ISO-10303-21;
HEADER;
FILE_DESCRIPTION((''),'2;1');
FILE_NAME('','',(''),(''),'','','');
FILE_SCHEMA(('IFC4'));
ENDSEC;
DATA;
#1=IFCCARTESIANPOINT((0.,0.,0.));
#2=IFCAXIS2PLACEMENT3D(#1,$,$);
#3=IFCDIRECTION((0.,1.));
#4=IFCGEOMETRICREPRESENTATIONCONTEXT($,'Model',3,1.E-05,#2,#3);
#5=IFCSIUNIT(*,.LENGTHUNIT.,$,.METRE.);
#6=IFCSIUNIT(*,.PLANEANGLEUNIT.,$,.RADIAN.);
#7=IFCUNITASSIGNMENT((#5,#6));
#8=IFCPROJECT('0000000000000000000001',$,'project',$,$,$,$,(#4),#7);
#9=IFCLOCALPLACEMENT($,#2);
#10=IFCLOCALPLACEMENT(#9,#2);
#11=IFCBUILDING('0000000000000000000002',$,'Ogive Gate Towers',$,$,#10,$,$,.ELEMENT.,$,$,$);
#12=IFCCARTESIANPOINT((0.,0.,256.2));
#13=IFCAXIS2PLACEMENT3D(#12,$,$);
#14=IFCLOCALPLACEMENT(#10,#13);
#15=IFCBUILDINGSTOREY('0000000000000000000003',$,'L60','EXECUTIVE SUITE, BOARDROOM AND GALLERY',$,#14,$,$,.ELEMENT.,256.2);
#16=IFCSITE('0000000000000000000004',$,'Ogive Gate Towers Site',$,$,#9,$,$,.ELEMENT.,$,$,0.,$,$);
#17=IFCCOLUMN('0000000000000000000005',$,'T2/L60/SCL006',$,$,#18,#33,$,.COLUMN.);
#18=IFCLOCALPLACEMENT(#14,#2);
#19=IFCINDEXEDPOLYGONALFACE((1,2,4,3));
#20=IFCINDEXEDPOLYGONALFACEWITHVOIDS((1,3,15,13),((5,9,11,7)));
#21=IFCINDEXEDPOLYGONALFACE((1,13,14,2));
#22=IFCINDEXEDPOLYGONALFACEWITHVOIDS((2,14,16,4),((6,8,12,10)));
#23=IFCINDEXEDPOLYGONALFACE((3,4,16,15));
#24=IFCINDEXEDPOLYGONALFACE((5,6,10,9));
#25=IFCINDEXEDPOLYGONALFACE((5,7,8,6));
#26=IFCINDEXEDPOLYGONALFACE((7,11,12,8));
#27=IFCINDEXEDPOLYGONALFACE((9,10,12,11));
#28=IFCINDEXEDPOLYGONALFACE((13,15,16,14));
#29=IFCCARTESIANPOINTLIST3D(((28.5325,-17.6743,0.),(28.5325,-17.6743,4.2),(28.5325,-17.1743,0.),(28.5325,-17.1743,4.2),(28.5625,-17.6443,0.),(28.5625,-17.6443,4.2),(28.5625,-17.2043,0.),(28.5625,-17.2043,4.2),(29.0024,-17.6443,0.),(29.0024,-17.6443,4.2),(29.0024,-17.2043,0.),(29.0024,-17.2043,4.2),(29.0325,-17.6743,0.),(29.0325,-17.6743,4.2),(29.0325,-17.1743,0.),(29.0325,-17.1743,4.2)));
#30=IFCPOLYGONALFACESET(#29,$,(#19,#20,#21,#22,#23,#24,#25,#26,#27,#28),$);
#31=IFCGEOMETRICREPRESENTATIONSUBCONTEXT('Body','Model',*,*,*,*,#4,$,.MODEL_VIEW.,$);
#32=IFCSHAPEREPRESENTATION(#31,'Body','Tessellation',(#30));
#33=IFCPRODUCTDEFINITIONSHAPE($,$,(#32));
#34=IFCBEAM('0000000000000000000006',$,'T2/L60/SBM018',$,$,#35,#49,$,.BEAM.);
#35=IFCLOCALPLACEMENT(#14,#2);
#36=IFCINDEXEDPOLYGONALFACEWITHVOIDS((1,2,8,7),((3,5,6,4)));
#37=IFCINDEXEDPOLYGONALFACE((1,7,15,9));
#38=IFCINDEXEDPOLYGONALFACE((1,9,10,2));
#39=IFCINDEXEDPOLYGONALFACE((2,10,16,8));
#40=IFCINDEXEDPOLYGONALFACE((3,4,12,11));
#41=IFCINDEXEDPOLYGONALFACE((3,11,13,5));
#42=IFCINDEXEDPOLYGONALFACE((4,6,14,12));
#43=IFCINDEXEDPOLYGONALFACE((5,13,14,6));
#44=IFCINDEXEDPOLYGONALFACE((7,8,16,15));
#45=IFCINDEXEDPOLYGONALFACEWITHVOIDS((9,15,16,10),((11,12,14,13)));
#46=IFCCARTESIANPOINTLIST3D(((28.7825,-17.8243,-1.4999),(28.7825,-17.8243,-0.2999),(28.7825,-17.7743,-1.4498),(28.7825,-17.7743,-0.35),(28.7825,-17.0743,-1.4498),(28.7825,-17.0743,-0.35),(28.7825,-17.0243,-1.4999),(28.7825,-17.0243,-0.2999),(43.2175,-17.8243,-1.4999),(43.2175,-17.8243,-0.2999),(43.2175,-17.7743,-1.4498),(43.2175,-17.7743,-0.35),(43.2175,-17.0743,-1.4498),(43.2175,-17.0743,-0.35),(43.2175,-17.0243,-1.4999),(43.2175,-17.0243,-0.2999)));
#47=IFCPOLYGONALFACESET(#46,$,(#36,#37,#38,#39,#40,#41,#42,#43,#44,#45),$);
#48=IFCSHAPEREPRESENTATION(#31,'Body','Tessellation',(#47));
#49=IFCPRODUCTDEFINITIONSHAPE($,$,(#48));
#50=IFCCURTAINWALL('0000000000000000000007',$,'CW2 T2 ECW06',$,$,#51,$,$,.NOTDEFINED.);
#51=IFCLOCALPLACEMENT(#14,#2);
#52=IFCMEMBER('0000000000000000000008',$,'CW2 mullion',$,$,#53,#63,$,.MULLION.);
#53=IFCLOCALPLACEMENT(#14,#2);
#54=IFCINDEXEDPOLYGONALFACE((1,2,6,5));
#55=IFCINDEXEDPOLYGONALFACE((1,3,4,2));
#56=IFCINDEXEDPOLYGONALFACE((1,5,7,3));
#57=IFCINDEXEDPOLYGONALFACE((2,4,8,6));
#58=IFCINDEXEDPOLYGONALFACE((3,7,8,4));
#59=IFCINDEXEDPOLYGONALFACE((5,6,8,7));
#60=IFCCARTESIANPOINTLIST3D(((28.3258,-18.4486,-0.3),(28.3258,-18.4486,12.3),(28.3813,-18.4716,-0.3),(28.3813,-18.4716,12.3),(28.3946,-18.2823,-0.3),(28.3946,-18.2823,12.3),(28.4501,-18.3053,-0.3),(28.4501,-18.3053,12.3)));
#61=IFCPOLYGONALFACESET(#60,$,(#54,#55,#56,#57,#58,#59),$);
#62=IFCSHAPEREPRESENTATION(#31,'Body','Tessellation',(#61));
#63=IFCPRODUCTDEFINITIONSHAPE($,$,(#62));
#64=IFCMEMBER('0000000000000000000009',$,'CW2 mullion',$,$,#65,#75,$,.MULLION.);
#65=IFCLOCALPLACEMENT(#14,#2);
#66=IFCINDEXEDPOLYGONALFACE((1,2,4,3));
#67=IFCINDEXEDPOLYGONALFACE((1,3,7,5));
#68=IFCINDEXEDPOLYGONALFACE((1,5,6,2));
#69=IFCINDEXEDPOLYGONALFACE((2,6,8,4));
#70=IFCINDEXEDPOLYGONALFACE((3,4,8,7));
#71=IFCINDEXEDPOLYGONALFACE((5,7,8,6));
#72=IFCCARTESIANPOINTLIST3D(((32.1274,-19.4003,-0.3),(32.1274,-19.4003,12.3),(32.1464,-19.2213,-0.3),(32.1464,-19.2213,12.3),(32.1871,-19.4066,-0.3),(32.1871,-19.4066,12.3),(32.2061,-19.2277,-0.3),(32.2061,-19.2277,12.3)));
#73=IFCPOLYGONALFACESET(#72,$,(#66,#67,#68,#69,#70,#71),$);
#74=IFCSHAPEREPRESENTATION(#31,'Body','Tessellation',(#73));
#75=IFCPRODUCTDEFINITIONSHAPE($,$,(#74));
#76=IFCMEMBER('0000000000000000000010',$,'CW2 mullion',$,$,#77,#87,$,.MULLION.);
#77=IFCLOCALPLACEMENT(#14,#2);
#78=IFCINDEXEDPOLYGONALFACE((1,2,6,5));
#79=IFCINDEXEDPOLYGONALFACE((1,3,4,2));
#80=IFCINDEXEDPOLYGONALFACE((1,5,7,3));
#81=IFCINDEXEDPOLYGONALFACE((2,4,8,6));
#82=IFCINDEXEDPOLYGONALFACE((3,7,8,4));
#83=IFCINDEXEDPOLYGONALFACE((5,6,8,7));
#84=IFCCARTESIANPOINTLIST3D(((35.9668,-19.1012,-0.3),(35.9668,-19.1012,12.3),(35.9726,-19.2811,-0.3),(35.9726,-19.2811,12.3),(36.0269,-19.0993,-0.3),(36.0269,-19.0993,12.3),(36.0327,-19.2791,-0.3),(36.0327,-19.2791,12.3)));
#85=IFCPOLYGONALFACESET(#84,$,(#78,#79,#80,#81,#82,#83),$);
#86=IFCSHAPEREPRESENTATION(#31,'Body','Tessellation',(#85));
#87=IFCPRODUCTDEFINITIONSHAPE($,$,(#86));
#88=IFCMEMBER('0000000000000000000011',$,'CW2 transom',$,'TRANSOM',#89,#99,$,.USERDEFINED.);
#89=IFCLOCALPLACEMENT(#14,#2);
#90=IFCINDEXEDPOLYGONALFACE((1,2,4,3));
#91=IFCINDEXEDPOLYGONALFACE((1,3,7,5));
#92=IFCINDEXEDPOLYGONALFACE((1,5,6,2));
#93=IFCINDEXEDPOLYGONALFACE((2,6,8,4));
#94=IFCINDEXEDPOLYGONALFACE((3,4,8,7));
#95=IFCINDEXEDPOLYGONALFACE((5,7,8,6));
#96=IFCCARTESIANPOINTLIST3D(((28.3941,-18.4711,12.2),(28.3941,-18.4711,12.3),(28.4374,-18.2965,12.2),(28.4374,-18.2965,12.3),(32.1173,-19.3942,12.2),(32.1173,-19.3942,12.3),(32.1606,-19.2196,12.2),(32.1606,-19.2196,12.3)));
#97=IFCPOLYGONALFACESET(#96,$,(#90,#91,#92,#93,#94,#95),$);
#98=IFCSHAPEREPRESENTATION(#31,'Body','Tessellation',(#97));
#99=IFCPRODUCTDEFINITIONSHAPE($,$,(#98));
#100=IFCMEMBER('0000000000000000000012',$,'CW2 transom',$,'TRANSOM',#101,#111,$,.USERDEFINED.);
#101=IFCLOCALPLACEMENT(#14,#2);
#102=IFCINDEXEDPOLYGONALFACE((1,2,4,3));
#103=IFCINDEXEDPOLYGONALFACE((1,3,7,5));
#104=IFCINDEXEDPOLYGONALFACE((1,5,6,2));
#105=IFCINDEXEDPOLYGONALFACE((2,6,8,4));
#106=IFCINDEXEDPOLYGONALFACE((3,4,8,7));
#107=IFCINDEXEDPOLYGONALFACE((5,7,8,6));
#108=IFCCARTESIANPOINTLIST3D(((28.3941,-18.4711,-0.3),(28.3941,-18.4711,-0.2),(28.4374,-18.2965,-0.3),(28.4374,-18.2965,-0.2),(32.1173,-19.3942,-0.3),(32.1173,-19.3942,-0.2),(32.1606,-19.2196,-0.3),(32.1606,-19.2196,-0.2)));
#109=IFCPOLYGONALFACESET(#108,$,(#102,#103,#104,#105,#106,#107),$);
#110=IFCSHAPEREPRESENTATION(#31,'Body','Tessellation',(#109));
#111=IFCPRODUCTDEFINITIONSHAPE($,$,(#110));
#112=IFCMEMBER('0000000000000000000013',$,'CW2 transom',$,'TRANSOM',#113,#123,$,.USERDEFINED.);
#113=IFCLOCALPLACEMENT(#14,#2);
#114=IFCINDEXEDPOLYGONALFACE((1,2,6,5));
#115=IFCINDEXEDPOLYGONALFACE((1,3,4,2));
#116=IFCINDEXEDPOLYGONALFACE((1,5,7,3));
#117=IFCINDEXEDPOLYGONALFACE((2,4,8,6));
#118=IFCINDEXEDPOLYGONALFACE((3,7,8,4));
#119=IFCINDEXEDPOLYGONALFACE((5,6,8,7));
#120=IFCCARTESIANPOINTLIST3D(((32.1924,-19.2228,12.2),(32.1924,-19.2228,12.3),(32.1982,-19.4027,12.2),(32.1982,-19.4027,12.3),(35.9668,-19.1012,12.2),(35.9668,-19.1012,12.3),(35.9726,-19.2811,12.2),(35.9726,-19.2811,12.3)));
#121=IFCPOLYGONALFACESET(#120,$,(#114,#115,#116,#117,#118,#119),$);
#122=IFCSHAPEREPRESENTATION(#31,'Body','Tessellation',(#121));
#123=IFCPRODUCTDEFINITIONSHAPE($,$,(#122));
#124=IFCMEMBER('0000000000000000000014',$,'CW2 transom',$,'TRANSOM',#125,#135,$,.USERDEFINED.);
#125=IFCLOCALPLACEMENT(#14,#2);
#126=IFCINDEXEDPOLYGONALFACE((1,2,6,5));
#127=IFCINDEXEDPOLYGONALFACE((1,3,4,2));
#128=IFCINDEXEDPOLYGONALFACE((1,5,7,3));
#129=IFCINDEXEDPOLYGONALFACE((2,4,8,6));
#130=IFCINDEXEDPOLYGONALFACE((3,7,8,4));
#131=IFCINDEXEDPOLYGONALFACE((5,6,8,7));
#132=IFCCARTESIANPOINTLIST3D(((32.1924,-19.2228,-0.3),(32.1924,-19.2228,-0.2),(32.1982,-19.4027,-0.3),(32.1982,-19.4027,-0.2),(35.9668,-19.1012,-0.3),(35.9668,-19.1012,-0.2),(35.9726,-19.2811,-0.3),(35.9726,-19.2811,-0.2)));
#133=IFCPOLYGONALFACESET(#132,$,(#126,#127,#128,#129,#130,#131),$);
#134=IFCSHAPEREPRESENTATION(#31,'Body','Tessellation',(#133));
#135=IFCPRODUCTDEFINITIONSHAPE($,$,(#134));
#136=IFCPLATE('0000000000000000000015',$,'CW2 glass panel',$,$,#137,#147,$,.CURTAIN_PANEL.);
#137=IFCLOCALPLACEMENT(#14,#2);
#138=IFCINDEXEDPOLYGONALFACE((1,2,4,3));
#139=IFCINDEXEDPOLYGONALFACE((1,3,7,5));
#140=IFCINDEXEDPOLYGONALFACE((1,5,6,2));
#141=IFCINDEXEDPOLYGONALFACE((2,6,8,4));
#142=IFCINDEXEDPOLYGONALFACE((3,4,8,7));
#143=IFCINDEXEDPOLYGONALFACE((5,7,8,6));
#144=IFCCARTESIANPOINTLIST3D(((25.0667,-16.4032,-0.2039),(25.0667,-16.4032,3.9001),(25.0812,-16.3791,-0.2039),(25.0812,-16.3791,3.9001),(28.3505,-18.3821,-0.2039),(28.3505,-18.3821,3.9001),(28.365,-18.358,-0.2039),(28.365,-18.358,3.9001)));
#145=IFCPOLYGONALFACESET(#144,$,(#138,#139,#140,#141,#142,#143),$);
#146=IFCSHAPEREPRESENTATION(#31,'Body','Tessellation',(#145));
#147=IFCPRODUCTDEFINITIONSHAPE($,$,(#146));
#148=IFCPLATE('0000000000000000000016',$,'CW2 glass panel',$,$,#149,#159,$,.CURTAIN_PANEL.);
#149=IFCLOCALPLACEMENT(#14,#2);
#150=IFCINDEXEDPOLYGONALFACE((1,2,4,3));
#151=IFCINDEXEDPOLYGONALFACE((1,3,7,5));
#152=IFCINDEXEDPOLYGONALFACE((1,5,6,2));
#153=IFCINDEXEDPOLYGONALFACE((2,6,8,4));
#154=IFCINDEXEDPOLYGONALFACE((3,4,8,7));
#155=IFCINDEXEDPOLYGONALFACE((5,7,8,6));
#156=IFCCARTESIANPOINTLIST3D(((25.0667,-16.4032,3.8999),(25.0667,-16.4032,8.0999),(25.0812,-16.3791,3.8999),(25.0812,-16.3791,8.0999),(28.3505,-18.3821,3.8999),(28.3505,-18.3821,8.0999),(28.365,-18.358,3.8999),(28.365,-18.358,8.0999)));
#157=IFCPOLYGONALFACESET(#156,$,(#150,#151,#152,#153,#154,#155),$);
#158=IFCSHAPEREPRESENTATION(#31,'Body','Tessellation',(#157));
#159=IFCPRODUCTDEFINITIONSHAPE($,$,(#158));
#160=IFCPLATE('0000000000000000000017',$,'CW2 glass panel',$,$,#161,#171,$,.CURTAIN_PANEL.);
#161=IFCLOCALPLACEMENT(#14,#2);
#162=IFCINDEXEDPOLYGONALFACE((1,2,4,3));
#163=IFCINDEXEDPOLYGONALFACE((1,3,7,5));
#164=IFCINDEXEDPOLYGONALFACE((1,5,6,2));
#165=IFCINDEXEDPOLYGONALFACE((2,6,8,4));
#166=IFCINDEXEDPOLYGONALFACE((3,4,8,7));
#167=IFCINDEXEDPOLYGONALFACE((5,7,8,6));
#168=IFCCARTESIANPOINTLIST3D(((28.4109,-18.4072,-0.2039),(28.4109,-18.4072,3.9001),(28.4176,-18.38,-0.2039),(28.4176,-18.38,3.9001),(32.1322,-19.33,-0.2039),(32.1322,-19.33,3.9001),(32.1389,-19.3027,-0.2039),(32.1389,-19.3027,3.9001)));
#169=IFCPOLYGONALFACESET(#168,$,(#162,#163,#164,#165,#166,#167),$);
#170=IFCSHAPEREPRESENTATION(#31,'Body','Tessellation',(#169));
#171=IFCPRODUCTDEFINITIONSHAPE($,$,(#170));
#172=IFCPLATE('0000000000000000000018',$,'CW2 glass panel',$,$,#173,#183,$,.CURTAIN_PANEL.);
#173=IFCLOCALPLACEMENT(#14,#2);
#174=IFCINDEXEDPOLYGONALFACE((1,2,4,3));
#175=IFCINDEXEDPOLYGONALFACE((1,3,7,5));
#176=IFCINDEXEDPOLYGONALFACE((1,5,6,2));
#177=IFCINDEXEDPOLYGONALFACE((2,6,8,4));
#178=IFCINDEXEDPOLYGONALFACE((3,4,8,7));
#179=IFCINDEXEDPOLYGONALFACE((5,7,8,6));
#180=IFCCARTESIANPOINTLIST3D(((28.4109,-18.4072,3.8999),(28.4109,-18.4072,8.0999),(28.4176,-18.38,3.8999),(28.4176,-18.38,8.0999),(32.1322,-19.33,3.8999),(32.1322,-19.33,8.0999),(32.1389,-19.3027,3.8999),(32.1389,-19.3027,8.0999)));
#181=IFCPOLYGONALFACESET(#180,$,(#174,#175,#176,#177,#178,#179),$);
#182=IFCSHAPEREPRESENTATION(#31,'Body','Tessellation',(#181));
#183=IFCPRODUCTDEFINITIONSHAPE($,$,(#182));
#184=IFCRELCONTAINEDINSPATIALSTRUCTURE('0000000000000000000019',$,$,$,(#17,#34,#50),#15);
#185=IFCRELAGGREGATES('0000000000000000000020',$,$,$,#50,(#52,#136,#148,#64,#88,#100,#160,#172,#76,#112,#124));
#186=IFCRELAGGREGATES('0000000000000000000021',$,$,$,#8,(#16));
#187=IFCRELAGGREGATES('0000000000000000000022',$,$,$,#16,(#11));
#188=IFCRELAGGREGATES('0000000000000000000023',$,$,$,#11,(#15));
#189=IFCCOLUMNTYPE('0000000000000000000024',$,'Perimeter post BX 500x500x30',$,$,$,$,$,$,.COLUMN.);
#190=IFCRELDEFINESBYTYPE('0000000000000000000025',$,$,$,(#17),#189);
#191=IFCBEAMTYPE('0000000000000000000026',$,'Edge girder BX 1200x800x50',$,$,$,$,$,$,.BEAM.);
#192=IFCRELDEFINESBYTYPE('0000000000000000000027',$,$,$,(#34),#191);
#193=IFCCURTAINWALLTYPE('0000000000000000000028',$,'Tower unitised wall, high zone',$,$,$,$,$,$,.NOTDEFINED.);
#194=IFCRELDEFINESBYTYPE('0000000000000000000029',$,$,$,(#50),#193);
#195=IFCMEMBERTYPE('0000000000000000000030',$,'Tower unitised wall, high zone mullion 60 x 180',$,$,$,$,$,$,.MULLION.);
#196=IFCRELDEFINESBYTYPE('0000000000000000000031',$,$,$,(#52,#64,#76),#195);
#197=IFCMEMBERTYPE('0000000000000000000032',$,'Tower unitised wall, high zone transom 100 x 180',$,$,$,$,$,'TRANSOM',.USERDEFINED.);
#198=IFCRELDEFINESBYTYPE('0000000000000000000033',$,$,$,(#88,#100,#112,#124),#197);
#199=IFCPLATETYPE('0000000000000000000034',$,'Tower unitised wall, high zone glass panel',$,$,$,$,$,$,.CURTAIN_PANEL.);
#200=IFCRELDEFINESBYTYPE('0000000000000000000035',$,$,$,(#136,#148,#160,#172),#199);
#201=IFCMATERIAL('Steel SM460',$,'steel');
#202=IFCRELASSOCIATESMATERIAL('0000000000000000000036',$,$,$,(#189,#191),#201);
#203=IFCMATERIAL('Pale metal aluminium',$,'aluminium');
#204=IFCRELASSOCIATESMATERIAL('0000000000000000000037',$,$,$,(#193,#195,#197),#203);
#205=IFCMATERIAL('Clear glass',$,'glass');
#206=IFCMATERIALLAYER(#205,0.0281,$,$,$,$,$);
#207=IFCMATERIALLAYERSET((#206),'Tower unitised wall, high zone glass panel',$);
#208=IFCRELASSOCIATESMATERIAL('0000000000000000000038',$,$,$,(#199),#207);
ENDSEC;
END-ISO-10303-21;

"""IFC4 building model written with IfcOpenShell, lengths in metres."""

from ifc_helpers import new_model, si_unit, direction, frame, origin, origin_2d, place, context, subcontext, project, spatial, rectangle, hollow_rectangle, extrude, material, layer, layer_set, material_profile, profile_set, type_object, element, aggregate, save


model = new_model("IFC4")

# Units and contexts
model_context = context("Model", 3, precision=1e-05, world=origin(), true_north=direction((0.0, 1.0)))
body_context = subcontext(model_context, "Body", "Model", "MODEL_VIEW")
ifc_project = project(units=[si_unit("LENGTHUNIT", "METRE"), si_unit("PLANEANGLEUNIT", "RADIAN")], contexts=[model_context])

# Site, building, storey
site_placement = place(None, origin())
site = spatial("IfcSite", under=ifc_project, at=site_placement, Name="Ogive Gate Towers Site", CompositionType="ELEMENT", RefElevation=0.0)
building_placement = place(site_placement, origin())
building = spatial("IfcBuilding", under=site, at=building_placement, Name="Ogive Gate Towers", CompositionType="ELEMENT")
storey_placement = place(building_placement, frame((0.0, 0.0, 256.2)))
storey = spatial("IfcBuildingStorey", under=building, at=storey_placement, Name="L60", Description="EXECUTIVE SUITE, BOARDROOM AND GALLERY", CompositionType="ELEMENT", Elevation=256.2)

# Column
ifc_material_1 = material(Name="Steel SM460", Category="steel")
ifc_material_profile_1 = material_profile(ifc_material_1, hollow_rectangle(XDim=0.5, YDim=0.5, WallThickness=0.03, at=origin_2d()), Name="BX 500x500x30")
ifc_profile_set_1 = profile_set([ifc_material_profile_1], Name="Steel SM460")
column_type = type_object("IfcColumnType", Name="Perimeter post BX 500x500x30", PredefinedType="COLUMN", material=ifc_profile_set_1)
column_placement = place(storey_placement, frame((28.7825, -17.4243, 0.0), z_axis=(0.0, 0.0, 1.0), x_axis=(1.0, 0.0, 0.0)))
element("IfcColumn", 1, at=column_placement, inside=storey, type_object=column_type, Name="T2/L60/SCL006", PredefinedType="COLUMN", context=body_context, shape_type="SweptSolid", body=[
    extrude(hollow_rectangle(XDim=0.5, YDim=0.5, WallThickness=0.03, at=origin_2d()), origin(), (0.0, 0.0, 1.0), 4.2),
])

# Beam
ifc_material_profile_2 = material_profile(ifc_material_1, hollow_rectangle(XDim=0.8, YDim=1.2, WallThickness=0.05, at=origin_2d()), Name="BX 1200x800x50")
ifc_profile_set_2 = profile_set([ifc_material_profile_2], Name="Steel SM460")
beam_type = type_object("IfcBeamType", Name="Edge girder BX 1200x800x50", PredefinedType="BEAM", material=ifc_profile_set_2)
beam_placement = place(storey_placement, frame((28.7825, -17.4243, -0.8999), z_axis=(1.0, 0.0, 0.0), x_axis=(0.0, 1.0, 0.0)))
element("IfcBeam", 2, at=beam_placement, inside=storey, type_object=beam_type, Name="T2/L60/SBM018", PredefinedType="BEAM", context=body_context, shape_type="SweptSolid", body=[
    extrude(hollow_rectangle(XDim=0.8, YDim=1.2, WallThickness=0.05, at=origin_2d()), origin(), (0.0, 0.0, 1.0), 14.4351),
])

# Curtain wall, members, plates
ifc_material_2 = material(Name="Pale metal aluminium", Category="aluminium")
curtain_wall_type = type_object("IfcCurtainWallType", Name="Tower unitised wall, high zone", PredefinedType="NOTDEFINED", material=ifc_material_2)
curtain_wall_placement = place(storey_placement, origin())
curtain_wall = element("IfcCurtainWall", 3, at=curtain_wall_placement, inside=storey, type_object=curtain_wall_type, Name="CW2 T2 ECW06", PredefinedType="NOTDEFINED")
ifc_material_profile_3 = material_profile(ifc_material_2, rectangle(XDim=0.1799, YDim=0.0601, at=origin_2d()), Name="60 x 180 aluminium box")
ifc_profile_set_3 = profile_set([ifc_material_profile_3], Name="Pale metal aluminium")
member_type_1 = type_object("IfcMemberType", Name="Tower unitised wall, high zone mullion 60 x 180", PredefinedType="MULLION", material=ifc_profile_set_3)
member_1_placement = place(storey_placement, frame((28.3879, -18.377, -0.3), z_axis=(0.0, 0.0, 1.0), x_axis=(-0.382683, -0.92388, 0.0)))
member_1 = element("IfcMember", 4, at=member_1_placement, type_object=member_type_1, Name="CW2 mullion", PredefinedType="MULLION", context=body_context, shape_type="SweptSolid", body=[
    extrude(rectangle(XDim=0.1799, YDim=0.0601, at=origin_2d()), origin(), (0.0, 0.0, 1.0), 12.6001),
])
member_2_placement = place(storey_placement, frame((32.1667, -19.314, -0.3), z_axis=(0.0, 0.0, 1.0), x_axis=(-0.105205, -0.994451, 0.0)))
member_2 = element("IfcMember", 5, at=member_2_placement, type_object=member_type_1, Name="CW2 mullion", PredefinedType="MULLION", context=body_context, shape_type="SweptSolid", body=[
    extrude(rectangle(XDim=0.1799, YDim=0.0601, at=origin_2d()), origin(), (0.0, 0.0, 1.0), 12.6001),
])
member_3_placement = place(storey_placement, frame((35.9998, -19.1902, -0.3), z_axis=(0.0, 0.0, 1.0), x_axis=(0.032248, -0.99948, 0.0)))
member_3 = element("IfcMember", 6, at=member_3_placement, type_object=member_type_1, Name="CW2 mullion", PredefinedType="MULLION", context=body_context, shape_type="SweptSolid", body=[
    extrude(rectangle(XDim=0.1799, YDim=0.0601, at=origin_2d()), origin(), (0.0, 0.0, 1.0), 12.6001),
])
ifc_material_profile_4 = material_profile(ifc_material_2, rectangle(XDim=0.1799, YDim=0.1001, at=origin_2d()), Name="100 x 180 aluminium box")
ifc_profile_set_4 = profile_set([ifc_material_profile_4], Name="Pale metal aluminium")
member_type_2 = type_object("IfcMemberType", Name="Tower unitised wall, high zone transom 100 x 180", ElementType="TRANSOM", PredefinedType="USERDEFINED", material=ifc_profile_set_4)
member_4_placement = place(storey_placement, frame((28.4158, -18.3838, 12.25), z_axis=(0.970612, -0.240648, 0.0), x_axis=(0.240648, 0.970612, 0.0)))
member_4 = element("IfcMember", 7, at=member_4_placement, type_object=member_type_2, Name="CW2 transom", ObjectType="TRANSOM", PredefinedType="USERDEFINED", context=body_context, shape_type="SweptSolid", body=[
    extrude(rectangle(XDim=0.1799, YDim=0.1001, at=origin_2d()), origin(), (0.0, 0.0, 1.0), 3.8359),
])
member_5_placement = place(storey_placement, frame((28.4158, -18.3838, -0.25), z_axis=(0.970612, -0.240648, 0.0), x_axis=(0.240648, 0.970612, 0.0)))
member_5 = element("IfcMember", 8, at=member_5_placement, type_object=member_type_2, Name="CW2 transom", ObjectType="TRANSOM", PredefinedType="USERDEFINED", context=body_context, shape_type="SweptSolid", body=[
    extrude(rectangle(XDim=0.1799, YDim=0.1001, at=origin_2d()), origin(), (0.0, 0.0, 1.0), 3.8359),
])
member_6_placement = place(storey_placement, frame((32.1953, -19.3127, 12.25), z_axis=(0.999482, 0.032195, 0.0), x_axis=(-0.032195, 0.999482, 0.0)))
member_6 = element("IfcMember", 9, at=member_6_placement, type_object=member_type_2, Name="CW2 transom", ObjectType="TRANSOM", PredefinedType="USERDEFINED", context=body_context, shape_type="SweptSolid", body=[
    extrude(rectangle(XDim=0.1799, YDim=0.1001, at=origin_2d()), origin(), (0.0, 0.0, 1.0), 3.7764),
])
member_7_placement = place(storey_placement, frame((32.1953, -19.3127, -0.25), z_axis=(0.999482, 0.032195, 0.0), x_axis=(-0.032195, 0.999482, 0.0)))
member_7 = element("IfcMember", 10, at=member_7_placement, type_object=member_type_2, Name="CW2 transom", ObjectType="TRANSOM", PredefinedType="USERDEFINED", context=body_context, shape_type="SweptSolid", body=[
    extrude(rectangle(XDim=0.1799, YDim=0.1001, at=origin_2d()), origin(), (0.0, 0.0, 1.0), 3.7764),
])
ifc_material_3 = material(Name="Clear glass", Category="glass")
ifc_layer_1 = layer(ifc_material_3, 0.0281)
ifc_layer_set_1 = layer_set([ifc_layer_1], Name="Tower unitised wall, high zone glass panel")
plate_type = type_object("IfcPlateType", Name="Tower unitised wall, high zone glass panel", PredefinedType="CURTAIN_PANEL", material=ifc_layer_set_1)
plate_1_placement = place(storey_placement, frame((26.7158, -17.3806, -0.2039), z_axis=(0.0, 0.0, 1.0), x_axis=(0.856501, -0.516145, 0.0)))
plate_1 = element("IfcPlate", 11, at=plate_1_placement, type_object=plate_type, Name="CW2 glass panel", PredefinedType="CURTAIN_PANEL", context=body_context, shape_type="SweptSolid", body=[
    extrude(rectangle(XDim=3.834, YDim=0.0281, at=origin_2d()), origin(), (0.0, 0.0, 1.0), 4.104),
])
plate_2_placement = place(storey_placement, frame((26.7158, -17.3806, 3.8999), z_axis=(0.0, 0.0, 1.0), x_axis=(0.856501, -0.516145, 0.0)))
plate_2 = element("IfcPlate", 12, at=plate_2_placement, type_object=plate_type, Name="CW2 glass panel", PredefinedType="CURTAIN_PANEL", context=body_context, shape_type="SweptSolid", body=[
    extrude(rectangle(XDim=3.834, YDim=0.0281, at=origin_2d()), origin(), (0.0, 0.0, 1.0), 4.2),
])
plate_3_placement = place(storey_placement, frame((30.2749, -18.855, -0.2039), z_axis=(0.0, 0.0, 1.0), x_axis=(0.970607, -0.240669, 0.0)))
plate_3 = element("IfcPlate", 13, at=plate_3_placement, type_object=plate_type, Name="CW2 glass panel", PredefinedType="CURTAIN_PANEL", context=body_context, shape_type="SweptSolid", body=[
    extrude(rectangle(XDim=3.834, YDim=0.0281, at=origin_2d()), origin(), (0.0, 0.0, 1.0), 4.104),
])
plate_4_placement = place(storey_placement, frame((30.2749, -18.855, 3.8999), z_axis=(0.0, 0.0, 1.0), x_axis=(0.970607, -0.240669, 0.0)))
plate_4 = element("IfcPlate", 14, at=plate_4_placement, type_object=plate_type, Name="CW2 glass panel", PredefinedType="CURTAIN_PANEL", context=body_context, shape_type="SweptSolid", body=[
    extrude(rectangle(XDim=3.834, YDim=0.0281, at=origin_2d()), origin(), (0.0, 0.0, 1.0), 4.2),
])
aggregate(curtain_wall, [member_1, plate_1, plate_2, member_2, member_4, member_5, plate_3, plate_4, member_3, member_6, member_7])

save(model, "model.ifc")
